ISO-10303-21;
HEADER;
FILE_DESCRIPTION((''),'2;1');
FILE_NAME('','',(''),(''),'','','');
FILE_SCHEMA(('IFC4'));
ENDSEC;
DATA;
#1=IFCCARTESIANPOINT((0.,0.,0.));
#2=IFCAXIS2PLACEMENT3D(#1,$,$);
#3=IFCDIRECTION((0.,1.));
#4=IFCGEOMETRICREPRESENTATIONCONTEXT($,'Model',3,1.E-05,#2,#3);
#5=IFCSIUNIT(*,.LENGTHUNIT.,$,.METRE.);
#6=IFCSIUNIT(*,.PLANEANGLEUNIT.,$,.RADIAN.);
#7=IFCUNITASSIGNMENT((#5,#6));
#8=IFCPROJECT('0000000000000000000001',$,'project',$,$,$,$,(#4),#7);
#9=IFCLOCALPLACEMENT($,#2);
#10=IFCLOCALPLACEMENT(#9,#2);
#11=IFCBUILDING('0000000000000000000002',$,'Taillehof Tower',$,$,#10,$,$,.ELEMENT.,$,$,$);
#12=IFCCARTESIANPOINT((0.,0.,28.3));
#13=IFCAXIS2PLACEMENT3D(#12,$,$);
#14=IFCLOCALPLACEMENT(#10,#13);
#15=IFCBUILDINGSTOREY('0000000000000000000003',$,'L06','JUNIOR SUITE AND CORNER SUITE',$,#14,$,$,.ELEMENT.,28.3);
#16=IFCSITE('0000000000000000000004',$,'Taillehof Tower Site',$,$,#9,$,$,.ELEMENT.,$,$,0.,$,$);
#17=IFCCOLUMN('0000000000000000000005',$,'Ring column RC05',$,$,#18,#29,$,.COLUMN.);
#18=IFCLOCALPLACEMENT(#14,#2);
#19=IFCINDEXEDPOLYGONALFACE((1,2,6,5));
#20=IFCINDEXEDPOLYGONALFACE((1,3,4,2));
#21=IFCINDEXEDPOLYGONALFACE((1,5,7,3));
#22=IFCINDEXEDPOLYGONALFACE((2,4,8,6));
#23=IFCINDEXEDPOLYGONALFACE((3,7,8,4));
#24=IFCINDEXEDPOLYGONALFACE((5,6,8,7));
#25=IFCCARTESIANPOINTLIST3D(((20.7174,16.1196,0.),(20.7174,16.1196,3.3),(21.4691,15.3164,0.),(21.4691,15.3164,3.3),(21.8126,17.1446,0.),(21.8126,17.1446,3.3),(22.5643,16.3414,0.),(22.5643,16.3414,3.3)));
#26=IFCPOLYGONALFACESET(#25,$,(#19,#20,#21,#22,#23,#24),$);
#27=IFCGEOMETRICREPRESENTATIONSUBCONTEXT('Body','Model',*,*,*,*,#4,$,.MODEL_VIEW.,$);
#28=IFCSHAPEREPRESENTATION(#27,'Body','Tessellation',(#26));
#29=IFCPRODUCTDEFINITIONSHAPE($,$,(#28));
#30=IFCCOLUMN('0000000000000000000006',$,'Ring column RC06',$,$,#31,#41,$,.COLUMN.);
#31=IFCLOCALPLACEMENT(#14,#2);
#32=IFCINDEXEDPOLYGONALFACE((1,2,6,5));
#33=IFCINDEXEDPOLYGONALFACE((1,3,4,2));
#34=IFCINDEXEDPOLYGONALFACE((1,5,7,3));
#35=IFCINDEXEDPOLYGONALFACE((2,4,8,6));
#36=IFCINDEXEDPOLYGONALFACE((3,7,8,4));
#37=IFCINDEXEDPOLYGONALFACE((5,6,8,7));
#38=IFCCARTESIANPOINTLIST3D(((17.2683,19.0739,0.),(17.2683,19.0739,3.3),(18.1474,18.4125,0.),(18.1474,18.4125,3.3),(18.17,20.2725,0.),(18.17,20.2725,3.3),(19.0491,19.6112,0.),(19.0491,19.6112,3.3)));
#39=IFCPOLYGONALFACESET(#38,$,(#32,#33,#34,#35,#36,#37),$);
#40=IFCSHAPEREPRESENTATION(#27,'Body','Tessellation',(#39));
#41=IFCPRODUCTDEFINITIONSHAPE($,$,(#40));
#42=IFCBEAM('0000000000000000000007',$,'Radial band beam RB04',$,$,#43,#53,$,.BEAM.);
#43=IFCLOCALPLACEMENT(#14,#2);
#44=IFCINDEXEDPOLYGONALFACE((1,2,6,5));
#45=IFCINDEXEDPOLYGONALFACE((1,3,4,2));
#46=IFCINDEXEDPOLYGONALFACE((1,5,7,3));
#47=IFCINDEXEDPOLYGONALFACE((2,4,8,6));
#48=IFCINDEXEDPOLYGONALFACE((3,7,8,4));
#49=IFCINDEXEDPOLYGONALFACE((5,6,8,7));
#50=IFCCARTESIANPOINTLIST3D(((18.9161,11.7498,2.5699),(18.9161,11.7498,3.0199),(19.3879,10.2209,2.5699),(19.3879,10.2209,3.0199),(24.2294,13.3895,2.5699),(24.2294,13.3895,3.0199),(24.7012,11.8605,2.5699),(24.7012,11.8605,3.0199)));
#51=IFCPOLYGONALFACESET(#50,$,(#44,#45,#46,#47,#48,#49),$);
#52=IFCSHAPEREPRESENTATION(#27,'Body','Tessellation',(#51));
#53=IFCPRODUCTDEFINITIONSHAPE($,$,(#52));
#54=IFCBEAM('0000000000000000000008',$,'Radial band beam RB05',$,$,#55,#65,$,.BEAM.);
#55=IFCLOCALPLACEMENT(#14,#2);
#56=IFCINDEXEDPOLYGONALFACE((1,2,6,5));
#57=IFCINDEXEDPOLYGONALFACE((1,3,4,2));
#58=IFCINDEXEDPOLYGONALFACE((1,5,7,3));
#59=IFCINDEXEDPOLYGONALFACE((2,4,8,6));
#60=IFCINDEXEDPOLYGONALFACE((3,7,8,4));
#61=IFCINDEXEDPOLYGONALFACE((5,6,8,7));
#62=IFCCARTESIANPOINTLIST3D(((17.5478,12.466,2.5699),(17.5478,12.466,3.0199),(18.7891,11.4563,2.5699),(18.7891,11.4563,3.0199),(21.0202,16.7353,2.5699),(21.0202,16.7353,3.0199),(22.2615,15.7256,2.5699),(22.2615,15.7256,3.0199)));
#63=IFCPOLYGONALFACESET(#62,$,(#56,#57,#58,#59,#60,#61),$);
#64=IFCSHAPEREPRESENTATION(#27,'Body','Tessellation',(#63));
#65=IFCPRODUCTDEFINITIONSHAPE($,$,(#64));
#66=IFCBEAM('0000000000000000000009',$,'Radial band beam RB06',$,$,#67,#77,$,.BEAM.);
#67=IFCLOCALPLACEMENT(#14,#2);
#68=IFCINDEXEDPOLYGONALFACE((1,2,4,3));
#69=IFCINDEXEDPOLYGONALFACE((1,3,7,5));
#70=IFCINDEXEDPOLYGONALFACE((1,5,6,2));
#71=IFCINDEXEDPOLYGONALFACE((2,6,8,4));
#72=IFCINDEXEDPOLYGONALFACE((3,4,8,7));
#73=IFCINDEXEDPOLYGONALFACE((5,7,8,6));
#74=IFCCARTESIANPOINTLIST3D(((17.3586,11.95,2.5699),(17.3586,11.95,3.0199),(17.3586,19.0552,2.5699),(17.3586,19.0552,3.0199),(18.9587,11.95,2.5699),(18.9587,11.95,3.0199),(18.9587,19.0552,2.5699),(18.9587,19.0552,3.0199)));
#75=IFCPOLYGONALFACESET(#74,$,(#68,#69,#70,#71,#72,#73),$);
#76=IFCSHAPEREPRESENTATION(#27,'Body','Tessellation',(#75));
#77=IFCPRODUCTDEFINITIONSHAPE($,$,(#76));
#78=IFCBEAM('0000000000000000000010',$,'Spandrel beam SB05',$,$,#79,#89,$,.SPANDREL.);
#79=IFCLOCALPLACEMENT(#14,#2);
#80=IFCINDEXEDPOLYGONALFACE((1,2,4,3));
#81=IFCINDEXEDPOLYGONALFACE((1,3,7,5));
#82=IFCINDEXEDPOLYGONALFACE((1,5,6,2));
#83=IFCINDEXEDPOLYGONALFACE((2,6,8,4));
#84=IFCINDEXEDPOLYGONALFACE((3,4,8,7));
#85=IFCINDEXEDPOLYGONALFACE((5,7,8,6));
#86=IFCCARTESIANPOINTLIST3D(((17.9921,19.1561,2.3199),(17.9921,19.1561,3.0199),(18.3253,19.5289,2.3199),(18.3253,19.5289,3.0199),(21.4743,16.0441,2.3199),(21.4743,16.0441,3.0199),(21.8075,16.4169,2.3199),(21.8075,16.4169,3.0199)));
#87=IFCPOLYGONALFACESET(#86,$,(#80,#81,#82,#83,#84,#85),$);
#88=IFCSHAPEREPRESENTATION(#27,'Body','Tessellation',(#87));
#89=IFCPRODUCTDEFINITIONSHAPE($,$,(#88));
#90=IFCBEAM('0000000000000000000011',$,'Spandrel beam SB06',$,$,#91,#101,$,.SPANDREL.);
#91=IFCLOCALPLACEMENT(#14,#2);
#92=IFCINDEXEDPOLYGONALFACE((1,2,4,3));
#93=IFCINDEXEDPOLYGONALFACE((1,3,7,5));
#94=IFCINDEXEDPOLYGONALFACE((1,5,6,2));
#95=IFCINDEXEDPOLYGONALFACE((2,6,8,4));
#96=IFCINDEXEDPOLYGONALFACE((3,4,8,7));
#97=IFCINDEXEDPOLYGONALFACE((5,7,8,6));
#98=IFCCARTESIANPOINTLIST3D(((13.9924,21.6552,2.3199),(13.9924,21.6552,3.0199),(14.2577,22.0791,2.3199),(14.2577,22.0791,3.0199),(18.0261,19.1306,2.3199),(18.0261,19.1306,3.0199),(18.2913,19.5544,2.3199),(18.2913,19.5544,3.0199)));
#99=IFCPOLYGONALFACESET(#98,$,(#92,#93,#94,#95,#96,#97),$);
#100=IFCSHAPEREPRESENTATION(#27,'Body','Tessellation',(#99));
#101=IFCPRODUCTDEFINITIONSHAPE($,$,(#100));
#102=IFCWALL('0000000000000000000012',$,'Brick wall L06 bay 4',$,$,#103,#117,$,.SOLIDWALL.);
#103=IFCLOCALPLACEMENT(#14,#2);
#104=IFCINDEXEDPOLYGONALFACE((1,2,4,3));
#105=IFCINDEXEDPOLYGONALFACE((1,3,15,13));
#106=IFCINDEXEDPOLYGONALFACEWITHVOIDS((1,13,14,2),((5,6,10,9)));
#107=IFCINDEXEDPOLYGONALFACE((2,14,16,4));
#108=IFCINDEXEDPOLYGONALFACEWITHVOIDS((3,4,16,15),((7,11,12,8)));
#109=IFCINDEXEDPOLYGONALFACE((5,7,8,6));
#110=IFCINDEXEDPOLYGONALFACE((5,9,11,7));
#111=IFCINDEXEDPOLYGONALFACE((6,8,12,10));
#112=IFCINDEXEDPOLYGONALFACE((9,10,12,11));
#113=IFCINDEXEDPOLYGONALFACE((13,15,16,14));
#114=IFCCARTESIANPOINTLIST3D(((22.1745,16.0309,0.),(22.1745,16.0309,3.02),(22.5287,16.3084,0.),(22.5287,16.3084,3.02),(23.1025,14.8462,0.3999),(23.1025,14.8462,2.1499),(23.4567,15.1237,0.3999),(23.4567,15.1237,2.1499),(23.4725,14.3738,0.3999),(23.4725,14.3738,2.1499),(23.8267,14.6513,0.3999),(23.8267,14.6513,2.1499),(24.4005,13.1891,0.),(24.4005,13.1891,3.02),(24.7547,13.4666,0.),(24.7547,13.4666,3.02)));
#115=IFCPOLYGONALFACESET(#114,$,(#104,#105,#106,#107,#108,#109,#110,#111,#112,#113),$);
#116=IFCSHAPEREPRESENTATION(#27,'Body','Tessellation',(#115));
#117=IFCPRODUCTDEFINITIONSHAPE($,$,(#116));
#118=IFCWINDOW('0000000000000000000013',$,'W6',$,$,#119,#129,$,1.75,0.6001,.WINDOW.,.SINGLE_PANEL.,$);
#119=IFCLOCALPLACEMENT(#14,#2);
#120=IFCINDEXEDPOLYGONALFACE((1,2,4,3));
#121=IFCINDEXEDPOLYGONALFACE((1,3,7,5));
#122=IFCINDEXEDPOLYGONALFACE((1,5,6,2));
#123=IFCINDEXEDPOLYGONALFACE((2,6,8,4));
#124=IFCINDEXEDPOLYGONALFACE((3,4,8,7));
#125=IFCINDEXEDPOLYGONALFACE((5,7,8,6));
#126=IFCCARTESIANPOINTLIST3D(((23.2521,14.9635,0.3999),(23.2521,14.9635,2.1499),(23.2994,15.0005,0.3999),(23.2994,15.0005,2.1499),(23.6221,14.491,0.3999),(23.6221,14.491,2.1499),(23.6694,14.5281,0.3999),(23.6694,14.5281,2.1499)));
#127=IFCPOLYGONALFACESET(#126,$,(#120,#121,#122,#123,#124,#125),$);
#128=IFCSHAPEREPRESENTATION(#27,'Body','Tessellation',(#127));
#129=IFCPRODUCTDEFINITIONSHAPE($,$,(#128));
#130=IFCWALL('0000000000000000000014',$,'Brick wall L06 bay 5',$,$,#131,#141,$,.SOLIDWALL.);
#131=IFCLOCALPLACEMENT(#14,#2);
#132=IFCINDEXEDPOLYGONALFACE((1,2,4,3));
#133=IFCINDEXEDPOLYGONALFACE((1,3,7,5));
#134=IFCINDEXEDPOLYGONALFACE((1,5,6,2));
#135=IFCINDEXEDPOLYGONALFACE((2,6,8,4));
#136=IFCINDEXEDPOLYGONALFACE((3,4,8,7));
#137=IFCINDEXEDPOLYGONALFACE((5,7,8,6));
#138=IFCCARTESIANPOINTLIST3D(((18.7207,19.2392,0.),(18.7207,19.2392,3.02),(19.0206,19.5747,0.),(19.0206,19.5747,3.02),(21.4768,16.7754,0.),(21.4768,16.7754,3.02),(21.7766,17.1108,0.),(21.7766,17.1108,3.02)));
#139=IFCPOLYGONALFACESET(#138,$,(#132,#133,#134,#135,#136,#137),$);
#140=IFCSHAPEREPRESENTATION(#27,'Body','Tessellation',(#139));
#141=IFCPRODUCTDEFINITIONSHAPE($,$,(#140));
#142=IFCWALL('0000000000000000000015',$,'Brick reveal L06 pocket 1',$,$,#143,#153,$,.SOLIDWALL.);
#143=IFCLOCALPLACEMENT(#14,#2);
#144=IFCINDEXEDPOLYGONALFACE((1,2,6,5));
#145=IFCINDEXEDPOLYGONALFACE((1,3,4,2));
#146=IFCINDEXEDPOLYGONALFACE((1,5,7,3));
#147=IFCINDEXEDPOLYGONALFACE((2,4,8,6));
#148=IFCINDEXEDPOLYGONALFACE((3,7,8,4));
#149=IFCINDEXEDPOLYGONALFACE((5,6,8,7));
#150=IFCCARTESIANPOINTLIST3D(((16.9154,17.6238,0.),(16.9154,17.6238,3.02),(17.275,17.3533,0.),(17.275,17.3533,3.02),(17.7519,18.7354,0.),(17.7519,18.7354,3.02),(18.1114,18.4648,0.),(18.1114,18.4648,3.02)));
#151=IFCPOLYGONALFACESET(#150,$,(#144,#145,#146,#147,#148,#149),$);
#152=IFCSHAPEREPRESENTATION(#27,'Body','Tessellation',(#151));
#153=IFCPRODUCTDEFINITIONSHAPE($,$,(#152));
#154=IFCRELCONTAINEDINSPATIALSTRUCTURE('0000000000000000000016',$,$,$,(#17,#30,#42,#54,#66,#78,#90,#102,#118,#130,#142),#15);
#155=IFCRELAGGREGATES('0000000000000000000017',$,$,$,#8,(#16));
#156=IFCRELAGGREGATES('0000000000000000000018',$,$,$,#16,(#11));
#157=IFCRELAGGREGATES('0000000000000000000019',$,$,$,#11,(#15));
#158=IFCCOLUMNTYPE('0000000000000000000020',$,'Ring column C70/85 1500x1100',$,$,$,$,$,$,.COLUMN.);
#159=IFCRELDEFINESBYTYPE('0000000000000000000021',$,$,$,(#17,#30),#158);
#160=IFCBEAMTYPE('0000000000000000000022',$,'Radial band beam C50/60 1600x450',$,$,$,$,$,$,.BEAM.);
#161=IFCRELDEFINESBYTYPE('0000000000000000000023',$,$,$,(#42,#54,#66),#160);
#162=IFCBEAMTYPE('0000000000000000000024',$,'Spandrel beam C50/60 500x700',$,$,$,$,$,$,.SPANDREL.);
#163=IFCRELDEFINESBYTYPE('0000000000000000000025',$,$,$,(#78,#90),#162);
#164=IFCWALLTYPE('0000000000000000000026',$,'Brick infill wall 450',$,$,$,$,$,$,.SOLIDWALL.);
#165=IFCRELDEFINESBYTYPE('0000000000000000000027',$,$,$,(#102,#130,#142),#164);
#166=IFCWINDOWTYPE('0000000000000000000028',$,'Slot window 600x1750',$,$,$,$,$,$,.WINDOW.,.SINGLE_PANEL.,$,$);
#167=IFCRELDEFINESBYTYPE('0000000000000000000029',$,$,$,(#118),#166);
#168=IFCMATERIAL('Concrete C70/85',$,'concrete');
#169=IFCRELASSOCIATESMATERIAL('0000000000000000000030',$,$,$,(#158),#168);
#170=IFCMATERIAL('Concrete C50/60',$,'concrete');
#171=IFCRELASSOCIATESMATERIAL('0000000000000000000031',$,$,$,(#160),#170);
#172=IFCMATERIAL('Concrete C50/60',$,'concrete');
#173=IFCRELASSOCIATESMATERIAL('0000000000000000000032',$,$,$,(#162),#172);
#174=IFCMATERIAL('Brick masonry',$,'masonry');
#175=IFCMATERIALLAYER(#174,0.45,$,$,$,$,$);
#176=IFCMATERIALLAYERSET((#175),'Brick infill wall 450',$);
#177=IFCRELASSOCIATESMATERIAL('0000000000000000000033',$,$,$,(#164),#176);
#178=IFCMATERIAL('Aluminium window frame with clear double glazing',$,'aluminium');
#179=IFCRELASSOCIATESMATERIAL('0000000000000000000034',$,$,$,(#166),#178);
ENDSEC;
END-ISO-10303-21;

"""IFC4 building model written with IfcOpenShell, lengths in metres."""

from ifc_helpers import new_model, si_unit, direction, frame, frame_2d, origin, origin_2d, place, context, subcontext, project, spatial, rectangle, extrude, material, layer, layer_set, material_profile, profile_set, type_object, element, fill, save


model = new_model("IFC4")

# Units and contexts
model_context = context("Model", 3, precision=1e-05, world=origin(), true_north=direction((0.0, 1.0)))
body_context = subcontext(model_context, "Body", "Model", "MODEL_VIEW")
ifc_project = project(units=[si_unit("LENGTHUNIT", "METRE"), si_unit("PLANEANGLEUNIT", "RADIAN")], contexts=[model_context])

# Site, building, storey
site_placement = place(None, origin())
site = spatial("IfcSite", under=ifc_project, at=site_placement, Name="Taillehof Tower Site", CompositionType="ELEMENT", RefElevation=0.0)
building_placement = place(site_placement, origin())
building = spatial("IfcBuilding", under=site, at=building_placement, Name="Taillehof Tower", CompositionType="ELEMENT")
storey_placement = place(building_placement, frame((0.0, 0.0, 28.3)))
storey = spatial("IfcBuildingStorey", under=building, at=storey_placement, Name="L06", Description="JUNIOR SUITE AND CORNER SUITE", CompositionType="ELEMENT", Elevation=28.3)

# Columns
ifc_material_1 = material(Name="Concrete C70/85", Category="concrete")
ifc_material_profile_1 = material_profile(ifc_material_1, rectangle(XDim=1.5, YDim=1.1001, at=origin_2d()), Name="RC 1500x1100")
ifc_profile_set_1 = profile_set([ifc_material_profile_1], Name="Concrete C70/85")
column_type = type_object("IfcColumnType", Name="Ring column C70/85 1500x1100", PredefinedType="COLUMN", material=ifc_profile_set_1)
for number, where, z_axis, x_axis, name in (
    (1, (21.6409, 16.2305, 0.0), (0.0, 0.0, 1.0), (0.730113, 0.683326, 0.0), "Ring column RC05"),
    (2, (18.1587, 19.3425, 0.0), (0.0, 0.0, 1.0), (0.601174, 0.799118, 0.0), "Ring column RC06"),
):
    element("IfcColumn", number, at=place(storey_placement, frame(where, z_axis=z_axis, x_axis=x_axis)), inside=storey, type_object=column_type, Name=name, PredefinedType="COLUMN", context=body_context, shape_type="SweptSolid", body=[
        extrude(rectangle(XDim=1.5, YDim=1.1001, at=origin_2d()), origin(), (0.0, 0.0, 1.0), 3.3),
    ])

# Beams
ifc_material_2 = material(Name="Concrete C50/60", Category="concrete")
ifc_material_profile_2 = material_profile(ifc_material_2, rectangle(XDim=1.6001, YDim=0.45, at=origin_2d()), Name="RC 1600x450")
ifc_profile_set_2 = profile_set([ifc_material_profile_2], Name="Concrete C50/60")
beam_type_1 = type_object("IfcBeamType", Name="Radial band beam C50/60 1600x450", PredefinedType="BEAM", material=ifc_profile_set_2)
beam_1_placement = place(storey_placement, frame((24.4653, 12.625, 2.7949), z_axis=(-0.955536, -0.294876, 0.0), x_axis=(0.294876, -0.955536, 0.0)))
element("IfcBeam", 3, at=beam_1_placement, inside=storey, type_object=beam_type_1, Name="Radial band beam RB04", PredefinedType="BEAM", context=body_context, shape_type="SweptSolid", body=[
    extrude(rectangle(XDim=1.6001, YDim=0.45, at=origin_2d()), origin(), (0.0, 0.0, 1.0), 5.5605),
])
beam_2_placement = place(storey_placement, frame((21.6409, 16.2305, 2.7949), z_axis=(-0.630988, -0.775792, 0.0), x_axis=(0.775792, -0.630988, 0.0)))
element("IfcBeam", 4, at=beam_2_placement, inside=storey, type_object=beam_type_1, Name="Radial band beam RB05", PredefinedType="BEAM", context=body_context, shape_type="SweptSolid", body=[
    extrude(rectangle(XDim=1.6001, YDim=0.45, at=origin_2d()), origin(), (0.0, 0.0, 1.0), 5.5032),
])
beam_3_placement = place(storey_placement, frame((18.1587, 19.0552, 2.7949), z_axis=(0.0, -1.0, 0.0), x_axis=(1.0, 0.0, 0.0)))
element("IfcBeam", 5, at=beam_3_placement, inside=storey, type_object=beam_type_1, Name="Radial band beam RB06", PredefinedType="BEAM", context=body_context, shape_type="SweptSolid", body=[
    extrude(rectangle(XDim=1.6001, YDim=0.45, at=origin_2d()), origin(), (0.0, 0.0, 1.0), 7.1052),
])
ifc_material_3 = material(Name="Concrete C50/60", Category="concrete")
ifc_material_profile_3 = material_profile(ifc_material_3, rectangle(XDim=0.5, YDim=0.7, at=origin_2d()), Name="RC 500x700")
ifc_profile_set_3 = profile_set([ifc_material_profile_3], Name="Concrete C50/60")
beam_type_2 = type_object("IfcBeamType", Name="Spandrel beam C50/60 500x700", PredefinedType="SPANDREL", material=ifc_profile_set_3)
beam_4_placement = place(storey_placement, frame((21.6409, 16.2305, 2.6699), z_axis=(-0.745621, 0.66637, 0.0), x_axis=(-0.66637, -0.745621, 0.0)))
element("IfcBeam", 6, at=beam_4_placement, inside=storey, type_object=beam_type_2, Name="Spandrel beam SB05", PredefinedType="SPANDREL", context=body_context, shape_type="SweptSolid", body=[
    extrude(rectangle(XDim=0.5, YDim=0.7, at=origin_2d()), origin(), (0.0, 0.0, 1.0), 4.6702),
])
beam_5_placement = place(storey_placement, frame((18.1587, 19.3425, 2.6699), z_axis=(-0.847658, 0.530543, 0.0), x_axis=(-0.530543, -0.847658, 0.0)))
element("IfcBeam", 7, at=beam_5_placement, inside=storey, type_object=beam_type_2, Name="Spandrel beam SB06", PredefinedType="SPANDREL", context=body_context, shape_type="SweptSolid", body=[
    extrude(rectangle(XDim=0.5, YDim=0.7, at=origin_2d()), origin(), (0.0, 0.0, 1.0), 4.7585),
])

# Wall, opening, window
ifc_material_4 = material(Name="Brick masonry", Category="masonry")
ifc_layer_1 = layer(ifc_material_4, 0.45)
ifc_layer_set_1 = layer_set([ifc_layer_1], Name="Brick infill wall 450")
wall_type_1 = type_object("IfcWallType", Name="Brick infill wall 450", PredefinedType="SOLIDWALL", material=ifc_layer_set_1)
wall_1_placement = place(storey_placement, frame((24.5776, 13.3279, 0.0), z_axis=(0.0, 0.0, 1.0), x_axis=(-0.616662, 0.787228, 0.0)))
wall_1 = element("IfcWall", 8, at=wall_1_placement, inside=storey, type_object=wall_type_1, Name="Brick wall L06 bay 4", PredefinedType="SOLIDWALL", context=body_context, shape_type="SweptSolid", body=[
    extrude(rectangle(XDim=3.6099, YDim=0.45, at=frame_2d((1.8049, 0.0))), origin(), (0.0, 0.0, 1.0), 3.02),
])
opening_1_placement = place(wall_1_placement, frame((1.5049, 0.0, 0.3999)))
opening_1 = element("IfcOpeningElement", 9, at=opening_1_placement, cuts=wall_1, PredefinedType="OPENING", context=body_context, shape_type="SweptSolid", body=[
    extrude(rectangle(XDim=0.6001, YDim=1.75, at=frame_2d((0.3, 0.875))), frame((0.0, 0.2349, 0.0), z_axis=(0.0, -1.0, 0.0), x_axis=(1.0, 0.0, 0.0)), (0.0, 0.0, 1.0), 0.47),
])
ifc_material_5 = material(Name="Aluminium window frame with clear double glazing", Category="aluminium")
window_type = type_object("IfcWindowType", Name="Slot window 600x1750", PartitioningType="SINGLE_PANEL", PredefinedType="WINDOW", material=ifc_material_5)
window_placement = place(opening_1_placement, origin())
window = element("IfcWindow", 10, at=window_placement, inside=storey, type_object=window_type, Name="W6", OverallHeight=1.75, OverallWidth=0.6001, PartitioningType="SINGLE_PANEL", PredefinedType="WINDOW", context=body_context, shape_type="SweptSolid", body=[
    extrude(rectangle(XDim=0.6001, YDim=1.75, at=frame_2d((0.3, 0.875))), frame((0.0, 0.0349, 0.0), z_axis=(0.0, -1.0, 0.0), x_axis=(1.0, 0.0, 0.0)), (0.0, 0.0, 1.0), 0.0601),
])
fill(opening_1, window)

# Walls
wall_2_placement = place(storey_placement, frame((21.6267, 16.9431, 0.0), z_axis=(0.0, 0.0, 1.0), x_axis=(-0.745526, 0.666476, 0.0)))
element("IfcWall", 11, at=wall_2_placement, inside=storey, type_object=wall_type_1, Name="Brick wall L06 bay 5", PredefinedType="SOLIDWALL", context=body_context, shape_type="SweptSolid", body=[
    extrude(rectangle(XDim=3.6968, YDim=0.45, at=frame_2d((1.8484, 0.0))), origin(), (0.0, 0.0, 1.0), 3.02),
])
wall_3_placement = place(storey_placement, frame((17.9316, 18.6001, 0.0), z_axis=(0.0, 0.0, 1.0), x_axis=(-0.601263, -0.799051, 0.0)))
element("IfcWall", 12, at=wall_3_placement, inside=storey, type_object=wall_type_1, Name="Brick reveal L06 pocket 1", PredefinedType="SOLIDWALL", context=body_context, shape_type="SweptSolid", body=[
    extrude(rectangle(XDim=1.3911, YDim=0.45, at=frame_2d((0.6956, 0.0))), origin(), (0.0, 0.0, 1.0), 3.02),
])

save(model, "model.ifc")
